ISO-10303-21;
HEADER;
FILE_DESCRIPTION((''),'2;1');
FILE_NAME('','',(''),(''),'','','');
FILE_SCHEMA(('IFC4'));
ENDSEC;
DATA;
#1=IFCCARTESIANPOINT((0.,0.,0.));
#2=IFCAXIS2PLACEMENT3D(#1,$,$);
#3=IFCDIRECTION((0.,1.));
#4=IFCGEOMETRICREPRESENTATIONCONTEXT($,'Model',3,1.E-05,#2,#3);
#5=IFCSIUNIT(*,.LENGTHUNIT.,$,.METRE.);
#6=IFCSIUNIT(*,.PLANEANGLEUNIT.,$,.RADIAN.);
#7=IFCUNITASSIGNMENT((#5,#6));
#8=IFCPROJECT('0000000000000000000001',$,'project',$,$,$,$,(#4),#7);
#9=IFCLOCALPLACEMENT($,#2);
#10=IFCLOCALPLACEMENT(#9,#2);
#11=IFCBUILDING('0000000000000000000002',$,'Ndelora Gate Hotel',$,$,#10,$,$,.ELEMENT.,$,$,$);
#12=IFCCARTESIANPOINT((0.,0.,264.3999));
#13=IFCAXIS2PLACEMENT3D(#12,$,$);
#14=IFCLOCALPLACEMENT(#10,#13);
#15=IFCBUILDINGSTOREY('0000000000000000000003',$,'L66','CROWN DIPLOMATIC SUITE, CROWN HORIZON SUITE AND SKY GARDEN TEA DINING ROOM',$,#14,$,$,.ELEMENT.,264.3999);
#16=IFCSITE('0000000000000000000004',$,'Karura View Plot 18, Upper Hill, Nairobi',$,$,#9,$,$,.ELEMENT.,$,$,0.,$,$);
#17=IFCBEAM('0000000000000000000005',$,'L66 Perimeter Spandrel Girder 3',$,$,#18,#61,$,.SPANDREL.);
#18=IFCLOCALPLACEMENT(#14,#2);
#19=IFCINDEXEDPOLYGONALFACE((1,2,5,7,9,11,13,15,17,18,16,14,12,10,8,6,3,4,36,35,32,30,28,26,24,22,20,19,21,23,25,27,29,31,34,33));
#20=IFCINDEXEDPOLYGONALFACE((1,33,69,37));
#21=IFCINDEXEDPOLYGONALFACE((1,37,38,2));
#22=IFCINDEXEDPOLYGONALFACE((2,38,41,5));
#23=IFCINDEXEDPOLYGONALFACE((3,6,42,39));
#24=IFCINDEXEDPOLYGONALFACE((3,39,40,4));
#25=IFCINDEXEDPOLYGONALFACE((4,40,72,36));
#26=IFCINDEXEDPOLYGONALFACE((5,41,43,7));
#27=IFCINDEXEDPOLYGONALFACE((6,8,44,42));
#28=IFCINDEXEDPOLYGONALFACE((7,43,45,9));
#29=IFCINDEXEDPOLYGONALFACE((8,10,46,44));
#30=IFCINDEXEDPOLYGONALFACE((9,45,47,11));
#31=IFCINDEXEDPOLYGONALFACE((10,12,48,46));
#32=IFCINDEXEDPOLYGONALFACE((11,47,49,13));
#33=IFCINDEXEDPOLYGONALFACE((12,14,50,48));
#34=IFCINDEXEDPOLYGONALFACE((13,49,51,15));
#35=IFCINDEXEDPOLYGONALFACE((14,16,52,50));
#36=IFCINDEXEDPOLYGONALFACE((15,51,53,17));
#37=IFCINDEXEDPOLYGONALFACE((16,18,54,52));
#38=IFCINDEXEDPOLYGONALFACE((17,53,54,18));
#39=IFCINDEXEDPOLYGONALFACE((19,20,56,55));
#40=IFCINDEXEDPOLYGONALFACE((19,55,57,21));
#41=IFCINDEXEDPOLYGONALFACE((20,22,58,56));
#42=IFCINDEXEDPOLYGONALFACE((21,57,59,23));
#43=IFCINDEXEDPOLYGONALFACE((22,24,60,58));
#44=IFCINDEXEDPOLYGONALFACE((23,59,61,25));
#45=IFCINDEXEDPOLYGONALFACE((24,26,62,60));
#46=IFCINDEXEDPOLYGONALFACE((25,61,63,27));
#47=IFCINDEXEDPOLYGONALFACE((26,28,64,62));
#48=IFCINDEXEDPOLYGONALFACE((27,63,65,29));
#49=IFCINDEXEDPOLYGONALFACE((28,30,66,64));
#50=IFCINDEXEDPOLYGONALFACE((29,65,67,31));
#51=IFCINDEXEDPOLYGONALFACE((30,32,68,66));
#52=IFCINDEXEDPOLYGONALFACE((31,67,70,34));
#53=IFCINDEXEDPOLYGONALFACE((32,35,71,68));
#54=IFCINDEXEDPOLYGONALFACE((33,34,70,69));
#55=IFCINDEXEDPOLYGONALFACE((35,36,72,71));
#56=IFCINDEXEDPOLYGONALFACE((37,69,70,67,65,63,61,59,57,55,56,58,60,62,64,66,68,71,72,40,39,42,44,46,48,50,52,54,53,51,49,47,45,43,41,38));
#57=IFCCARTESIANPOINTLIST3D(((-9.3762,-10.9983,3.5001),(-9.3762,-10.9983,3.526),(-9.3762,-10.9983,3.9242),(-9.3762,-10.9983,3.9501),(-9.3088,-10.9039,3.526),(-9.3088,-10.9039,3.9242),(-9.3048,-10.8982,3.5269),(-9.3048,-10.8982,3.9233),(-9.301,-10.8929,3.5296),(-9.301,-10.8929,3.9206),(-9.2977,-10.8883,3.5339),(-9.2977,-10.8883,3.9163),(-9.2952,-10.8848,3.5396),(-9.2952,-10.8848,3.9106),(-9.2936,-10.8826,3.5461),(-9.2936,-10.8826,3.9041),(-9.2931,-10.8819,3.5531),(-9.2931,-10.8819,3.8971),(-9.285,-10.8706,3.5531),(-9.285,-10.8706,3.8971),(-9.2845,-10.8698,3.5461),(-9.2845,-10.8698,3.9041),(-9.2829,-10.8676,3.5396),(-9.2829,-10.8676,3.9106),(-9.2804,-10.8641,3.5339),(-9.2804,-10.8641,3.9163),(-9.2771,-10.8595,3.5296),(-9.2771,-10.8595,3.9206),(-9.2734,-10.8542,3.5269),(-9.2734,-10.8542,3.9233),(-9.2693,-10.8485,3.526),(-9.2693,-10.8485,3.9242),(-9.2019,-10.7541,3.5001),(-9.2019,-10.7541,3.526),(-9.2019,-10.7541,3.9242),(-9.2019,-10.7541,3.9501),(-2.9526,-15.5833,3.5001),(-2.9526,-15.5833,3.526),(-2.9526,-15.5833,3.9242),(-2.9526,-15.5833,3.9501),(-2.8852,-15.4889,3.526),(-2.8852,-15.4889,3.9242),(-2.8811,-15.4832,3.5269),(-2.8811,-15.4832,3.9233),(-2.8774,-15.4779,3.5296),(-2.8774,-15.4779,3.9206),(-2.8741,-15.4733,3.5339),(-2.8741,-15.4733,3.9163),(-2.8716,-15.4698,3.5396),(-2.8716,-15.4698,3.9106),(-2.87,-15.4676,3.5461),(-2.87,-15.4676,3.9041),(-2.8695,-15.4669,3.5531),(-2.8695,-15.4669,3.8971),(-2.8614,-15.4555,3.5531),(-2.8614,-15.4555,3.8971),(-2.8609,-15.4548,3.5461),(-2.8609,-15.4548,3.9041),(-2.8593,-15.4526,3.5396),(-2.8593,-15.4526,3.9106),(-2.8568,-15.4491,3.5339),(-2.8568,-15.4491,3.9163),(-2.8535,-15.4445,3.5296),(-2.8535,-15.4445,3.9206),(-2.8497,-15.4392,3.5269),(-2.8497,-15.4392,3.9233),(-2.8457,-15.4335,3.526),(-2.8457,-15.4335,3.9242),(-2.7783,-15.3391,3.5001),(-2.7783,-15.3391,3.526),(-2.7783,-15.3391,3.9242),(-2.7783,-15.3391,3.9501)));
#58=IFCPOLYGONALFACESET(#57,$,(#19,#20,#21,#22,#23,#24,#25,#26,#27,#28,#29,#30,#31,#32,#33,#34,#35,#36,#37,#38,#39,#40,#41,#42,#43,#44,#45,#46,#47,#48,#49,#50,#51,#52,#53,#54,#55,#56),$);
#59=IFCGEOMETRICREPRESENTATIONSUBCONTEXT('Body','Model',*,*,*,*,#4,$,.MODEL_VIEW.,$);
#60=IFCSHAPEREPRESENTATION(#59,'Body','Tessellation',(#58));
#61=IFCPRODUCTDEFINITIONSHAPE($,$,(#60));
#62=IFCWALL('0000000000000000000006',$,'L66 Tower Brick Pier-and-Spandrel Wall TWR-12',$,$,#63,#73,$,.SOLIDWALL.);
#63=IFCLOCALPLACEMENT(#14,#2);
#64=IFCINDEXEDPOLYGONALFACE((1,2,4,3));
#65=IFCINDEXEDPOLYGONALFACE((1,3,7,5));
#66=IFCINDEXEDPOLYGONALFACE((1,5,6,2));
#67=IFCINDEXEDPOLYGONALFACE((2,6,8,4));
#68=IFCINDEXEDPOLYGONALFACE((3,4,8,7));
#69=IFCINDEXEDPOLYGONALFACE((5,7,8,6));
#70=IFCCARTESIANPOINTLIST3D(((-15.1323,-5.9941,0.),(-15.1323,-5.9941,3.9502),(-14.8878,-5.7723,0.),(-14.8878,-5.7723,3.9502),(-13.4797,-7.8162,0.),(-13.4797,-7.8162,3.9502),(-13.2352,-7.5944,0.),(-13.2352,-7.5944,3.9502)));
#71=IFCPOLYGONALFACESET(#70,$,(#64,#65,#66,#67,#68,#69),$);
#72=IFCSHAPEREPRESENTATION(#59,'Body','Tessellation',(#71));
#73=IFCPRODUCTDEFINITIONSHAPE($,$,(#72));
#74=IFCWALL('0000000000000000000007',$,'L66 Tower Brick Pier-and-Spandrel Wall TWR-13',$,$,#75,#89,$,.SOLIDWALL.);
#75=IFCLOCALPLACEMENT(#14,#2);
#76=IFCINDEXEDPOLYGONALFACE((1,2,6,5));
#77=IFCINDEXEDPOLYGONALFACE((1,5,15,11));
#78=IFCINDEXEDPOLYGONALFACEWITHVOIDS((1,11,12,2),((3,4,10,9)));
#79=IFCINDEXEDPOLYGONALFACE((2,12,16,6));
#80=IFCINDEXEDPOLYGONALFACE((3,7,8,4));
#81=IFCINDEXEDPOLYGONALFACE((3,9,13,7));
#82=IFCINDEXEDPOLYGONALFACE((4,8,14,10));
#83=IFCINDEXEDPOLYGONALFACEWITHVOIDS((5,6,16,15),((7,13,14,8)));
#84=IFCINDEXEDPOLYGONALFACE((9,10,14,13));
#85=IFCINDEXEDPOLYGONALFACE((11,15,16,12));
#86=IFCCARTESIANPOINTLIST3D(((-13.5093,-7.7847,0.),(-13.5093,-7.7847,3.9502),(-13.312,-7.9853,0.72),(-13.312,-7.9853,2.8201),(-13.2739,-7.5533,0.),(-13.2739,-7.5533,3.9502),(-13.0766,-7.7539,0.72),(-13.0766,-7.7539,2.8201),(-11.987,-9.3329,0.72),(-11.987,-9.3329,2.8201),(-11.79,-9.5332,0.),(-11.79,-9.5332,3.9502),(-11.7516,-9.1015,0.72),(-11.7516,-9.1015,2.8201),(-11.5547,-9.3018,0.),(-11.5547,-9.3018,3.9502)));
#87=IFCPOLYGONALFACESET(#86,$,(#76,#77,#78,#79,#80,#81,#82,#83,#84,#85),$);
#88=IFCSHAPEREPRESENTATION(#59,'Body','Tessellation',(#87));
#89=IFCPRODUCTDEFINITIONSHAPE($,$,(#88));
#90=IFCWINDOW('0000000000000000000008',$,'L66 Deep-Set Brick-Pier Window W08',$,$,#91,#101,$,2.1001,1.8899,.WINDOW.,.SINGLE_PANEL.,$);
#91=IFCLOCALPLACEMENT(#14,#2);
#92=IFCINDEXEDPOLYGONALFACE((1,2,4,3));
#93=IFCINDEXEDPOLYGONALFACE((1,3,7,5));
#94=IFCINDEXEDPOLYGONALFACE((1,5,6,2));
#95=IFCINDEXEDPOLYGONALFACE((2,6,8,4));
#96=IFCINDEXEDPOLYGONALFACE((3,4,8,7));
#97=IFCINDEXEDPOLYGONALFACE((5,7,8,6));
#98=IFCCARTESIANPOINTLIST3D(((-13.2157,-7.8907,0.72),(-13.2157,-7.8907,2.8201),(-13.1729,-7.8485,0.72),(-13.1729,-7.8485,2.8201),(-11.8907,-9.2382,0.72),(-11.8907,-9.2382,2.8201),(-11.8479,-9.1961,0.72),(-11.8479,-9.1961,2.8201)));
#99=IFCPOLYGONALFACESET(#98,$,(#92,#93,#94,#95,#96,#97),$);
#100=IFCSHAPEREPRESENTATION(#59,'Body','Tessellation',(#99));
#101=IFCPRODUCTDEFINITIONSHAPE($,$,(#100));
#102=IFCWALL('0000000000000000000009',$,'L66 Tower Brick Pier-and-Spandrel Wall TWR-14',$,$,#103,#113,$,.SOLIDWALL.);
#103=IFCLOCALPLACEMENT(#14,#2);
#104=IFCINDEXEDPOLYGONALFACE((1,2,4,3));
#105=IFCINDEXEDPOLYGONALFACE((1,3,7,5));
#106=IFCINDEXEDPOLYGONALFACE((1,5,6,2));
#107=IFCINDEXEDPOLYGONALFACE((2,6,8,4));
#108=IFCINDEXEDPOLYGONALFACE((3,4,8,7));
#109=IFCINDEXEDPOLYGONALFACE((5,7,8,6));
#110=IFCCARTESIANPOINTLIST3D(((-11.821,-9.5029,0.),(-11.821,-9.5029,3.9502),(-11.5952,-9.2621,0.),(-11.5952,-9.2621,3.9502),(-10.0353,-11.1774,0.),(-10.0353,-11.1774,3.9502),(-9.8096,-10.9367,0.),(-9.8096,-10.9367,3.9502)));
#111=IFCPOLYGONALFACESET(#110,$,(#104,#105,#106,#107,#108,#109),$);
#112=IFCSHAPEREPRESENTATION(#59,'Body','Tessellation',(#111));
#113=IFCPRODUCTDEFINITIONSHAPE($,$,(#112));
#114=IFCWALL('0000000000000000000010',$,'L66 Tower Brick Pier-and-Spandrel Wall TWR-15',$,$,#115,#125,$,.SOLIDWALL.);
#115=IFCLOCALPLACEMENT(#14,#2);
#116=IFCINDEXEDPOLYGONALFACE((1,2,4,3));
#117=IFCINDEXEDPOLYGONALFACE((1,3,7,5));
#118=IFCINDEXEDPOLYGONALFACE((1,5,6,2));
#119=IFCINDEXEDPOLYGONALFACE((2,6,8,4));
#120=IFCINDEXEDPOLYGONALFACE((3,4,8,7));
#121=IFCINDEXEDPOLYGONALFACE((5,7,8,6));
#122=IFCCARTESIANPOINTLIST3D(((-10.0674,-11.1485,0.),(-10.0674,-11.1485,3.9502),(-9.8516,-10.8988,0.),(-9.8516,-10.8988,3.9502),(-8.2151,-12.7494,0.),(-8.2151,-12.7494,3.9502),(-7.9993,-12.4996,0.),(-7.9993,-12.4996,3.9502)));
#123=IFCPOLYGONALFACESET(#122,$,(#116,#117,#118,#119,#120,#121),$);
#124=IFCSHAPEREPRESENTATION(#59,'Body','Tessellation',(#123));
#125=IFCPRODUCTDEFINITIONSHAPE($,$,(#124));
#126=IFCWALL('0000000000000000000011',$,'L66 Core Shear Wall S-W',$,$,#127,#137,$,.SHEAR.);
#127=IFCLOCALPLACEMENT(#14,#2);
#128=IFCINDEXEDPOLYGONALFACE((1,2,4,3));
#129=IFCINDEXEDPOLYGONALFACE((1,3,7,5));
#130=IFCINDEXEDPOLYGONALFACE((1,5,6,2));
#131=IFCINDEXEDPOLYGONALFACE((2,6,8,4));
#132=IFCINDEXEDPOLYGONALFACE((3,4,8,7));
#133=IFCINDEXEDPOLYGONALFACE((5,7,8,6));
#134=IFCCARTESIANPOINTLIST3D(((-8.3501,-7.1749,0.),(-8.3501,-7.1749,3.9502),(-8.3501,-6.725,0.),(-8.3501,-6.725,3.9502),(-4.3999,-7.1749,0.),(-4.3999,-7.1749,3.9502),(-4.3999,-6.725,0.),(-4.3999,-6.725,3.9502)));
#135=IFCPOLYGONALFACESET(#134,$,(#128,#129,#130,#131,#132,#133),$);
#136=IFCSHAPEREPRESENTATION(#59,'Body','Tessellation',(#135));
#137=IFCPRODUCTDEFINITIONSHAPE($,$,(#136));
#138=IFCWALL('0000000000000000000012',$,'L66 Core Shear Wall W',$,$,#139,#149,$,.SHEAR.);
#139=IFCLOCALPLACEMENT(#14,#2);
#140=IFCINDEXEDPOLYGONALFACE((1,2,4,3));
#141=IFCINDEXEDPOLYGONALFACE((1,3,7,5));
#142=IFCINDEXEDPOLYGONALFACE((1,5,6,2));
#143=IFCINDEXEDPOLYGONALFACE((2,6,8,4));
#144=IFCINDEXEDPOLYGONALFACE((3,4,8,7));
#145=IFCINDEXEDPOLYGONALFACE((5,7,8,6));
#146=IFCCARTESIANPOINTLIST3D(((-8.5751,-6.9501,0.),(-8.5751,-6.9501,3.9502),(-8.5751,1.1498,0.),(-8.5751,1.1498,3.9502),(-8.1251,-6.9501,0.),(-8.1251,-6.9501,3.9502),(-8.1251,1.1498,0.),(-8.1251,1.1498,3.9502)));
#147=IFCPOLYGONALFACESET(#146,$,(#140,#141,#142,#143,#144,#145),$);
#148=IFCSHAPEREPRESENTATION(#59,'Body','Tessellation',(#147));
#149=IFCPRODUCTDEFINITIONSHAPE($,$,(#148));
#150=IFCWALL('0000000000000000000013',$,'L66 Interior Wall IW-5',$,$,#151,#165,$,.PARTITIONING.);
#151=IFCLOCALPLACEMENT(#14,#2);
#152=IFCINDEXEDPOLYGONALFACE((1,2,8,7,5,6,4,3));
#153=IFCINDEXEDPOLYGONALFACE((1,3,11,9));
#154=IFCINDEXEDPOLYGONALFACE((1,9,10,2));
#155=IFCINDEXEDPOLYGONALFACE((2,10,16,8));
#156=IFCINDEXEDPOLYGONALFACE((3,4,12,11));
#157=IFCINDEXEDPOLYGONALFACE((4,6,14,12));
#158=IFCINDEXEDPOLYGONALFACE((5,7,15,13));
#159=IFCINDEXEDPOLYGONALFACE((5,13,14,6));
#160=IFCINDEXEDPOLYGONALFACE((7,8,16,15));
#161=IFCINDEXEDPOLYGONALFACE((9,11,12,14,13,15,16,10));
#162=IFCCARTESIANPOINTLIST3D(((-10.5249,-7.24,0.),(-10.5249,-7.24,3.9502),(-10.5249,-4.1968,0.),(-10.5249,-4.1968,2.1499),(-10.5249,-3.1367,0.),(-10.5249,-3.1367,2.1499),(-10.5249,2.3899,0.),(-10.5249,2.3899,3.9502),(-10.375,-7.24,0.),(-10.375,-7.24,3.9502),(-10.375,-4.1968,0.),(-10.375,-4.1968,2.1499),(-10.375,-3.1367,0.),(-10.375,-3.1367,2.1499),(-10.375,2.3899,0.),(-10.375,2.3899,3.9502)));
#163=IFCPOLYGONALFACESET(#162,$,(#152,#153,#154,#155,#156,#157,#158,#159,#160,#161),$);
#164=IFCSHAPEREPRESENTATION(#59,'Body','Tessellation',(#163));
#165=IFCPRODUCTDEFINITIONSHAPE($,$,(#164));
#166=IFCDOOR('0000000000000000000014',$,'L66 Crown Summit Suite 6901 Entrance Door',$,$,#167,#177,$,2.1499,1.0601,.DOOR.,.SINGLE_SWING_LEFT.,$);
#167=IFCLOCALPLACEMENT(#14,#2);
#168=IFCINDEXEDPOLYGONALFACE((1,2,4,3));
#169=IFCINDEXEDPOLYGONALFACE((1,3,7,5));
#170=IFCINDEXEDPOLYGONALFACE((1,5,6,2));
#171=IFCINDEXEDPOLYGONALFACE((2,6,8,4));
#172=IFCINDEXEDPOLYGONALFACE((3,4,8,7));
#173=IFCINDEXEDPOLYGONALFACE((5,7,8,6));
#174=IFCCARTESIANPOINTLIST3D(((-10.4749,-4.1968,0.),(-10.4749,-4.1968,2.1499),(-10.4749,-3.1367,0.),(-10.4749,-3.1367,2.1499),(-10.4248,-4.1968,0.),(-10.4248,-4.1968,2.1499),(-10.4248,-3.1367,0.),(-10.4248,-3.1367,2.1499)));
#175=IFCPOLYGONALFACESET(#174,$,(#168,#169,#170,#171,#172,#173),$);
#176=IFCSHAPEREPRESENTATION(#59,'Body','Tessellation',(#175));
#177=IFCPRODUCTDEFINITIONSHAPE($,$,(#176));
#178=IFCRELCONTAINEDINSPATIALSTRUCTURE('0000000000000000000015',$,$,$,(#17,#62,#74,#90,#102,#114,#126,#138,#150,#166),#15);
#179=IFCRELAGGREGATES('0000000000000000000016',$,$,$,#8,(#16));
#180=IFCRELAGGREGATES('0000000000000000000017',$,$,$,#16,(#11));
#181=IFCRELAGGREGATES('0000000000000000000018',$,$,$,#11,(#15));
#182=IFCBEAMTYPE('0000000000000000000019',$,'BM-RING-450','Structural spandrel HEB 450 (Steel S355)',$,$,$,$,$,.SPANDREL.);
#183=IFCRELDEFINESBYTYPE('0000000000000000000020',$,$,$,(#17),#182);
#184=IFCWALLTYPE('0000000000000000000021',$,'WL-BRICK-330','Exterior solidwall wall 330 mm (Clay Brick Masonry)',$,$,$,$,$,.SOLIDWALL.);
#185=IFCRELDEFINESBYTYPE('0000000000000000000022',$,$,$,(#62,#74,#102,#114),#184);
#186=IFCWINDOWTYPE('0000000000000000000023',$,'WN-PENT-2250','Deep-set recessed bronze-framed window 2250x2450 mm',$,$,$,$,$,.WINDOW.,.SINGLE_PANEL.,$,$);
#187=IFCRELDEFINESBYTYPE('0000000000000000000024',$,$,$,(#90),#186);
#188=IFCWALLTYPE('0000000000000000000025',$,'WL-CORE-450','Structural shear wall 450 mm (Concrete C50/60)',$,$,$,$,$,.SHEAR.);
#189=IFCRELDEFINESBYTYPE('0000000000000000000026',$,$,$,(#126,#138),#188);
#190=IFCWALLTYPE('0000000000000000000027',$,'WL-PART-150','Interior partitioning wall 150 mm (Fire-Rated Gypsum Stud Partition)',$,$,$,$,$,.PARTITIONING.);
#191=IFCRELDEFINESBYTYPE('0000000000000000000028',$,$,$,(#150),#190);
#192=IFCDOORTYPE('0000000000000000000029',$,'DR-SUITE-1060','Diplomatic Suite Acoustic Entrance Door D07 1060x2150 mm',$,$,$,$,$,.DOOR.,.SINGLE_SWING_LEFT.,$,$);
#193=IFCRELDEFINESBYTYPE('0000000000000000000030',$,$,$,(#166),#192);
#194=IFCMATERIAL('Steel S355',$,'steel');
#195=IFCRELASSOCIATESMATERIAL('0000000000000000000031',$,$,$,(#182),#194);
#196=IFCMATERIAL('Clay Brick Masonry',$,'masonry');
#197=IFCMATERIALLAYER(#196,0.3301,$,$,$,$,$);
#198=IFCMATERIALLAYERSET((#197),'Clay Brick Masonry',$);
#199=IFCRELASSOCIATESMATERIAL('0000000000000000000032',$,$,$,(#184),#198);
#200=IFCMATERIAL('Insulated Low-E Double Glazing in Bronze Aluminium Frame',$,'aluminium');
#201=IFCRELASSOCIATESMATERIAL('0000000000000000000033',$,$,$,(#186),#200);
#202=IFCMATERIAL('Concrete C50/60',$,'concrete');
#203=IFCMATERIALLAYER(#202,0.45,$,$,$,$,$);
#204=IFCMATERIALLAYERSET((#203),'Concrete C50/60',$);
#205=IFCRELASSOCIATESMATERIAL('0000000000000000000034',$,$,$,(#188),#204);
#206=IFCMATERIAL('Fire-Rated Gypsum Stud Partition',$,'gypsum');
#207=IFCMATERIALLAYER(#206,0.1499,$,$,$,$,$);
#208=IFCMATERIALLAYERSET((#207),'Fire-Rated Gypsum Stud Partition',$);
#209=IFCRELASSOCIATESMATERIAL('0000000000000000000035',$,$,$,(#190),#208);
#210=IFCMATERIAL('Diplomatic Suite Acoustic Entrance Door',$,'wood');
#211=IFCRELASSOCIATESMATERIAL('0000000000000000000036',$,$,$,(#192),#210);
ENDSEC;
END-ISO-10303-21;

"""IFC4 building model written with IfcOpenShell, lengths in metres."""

from ifc_helpers import new_model, si_unit, direction, frame, frame_2d, origin, origin_2d, place, context, subcontext, project, spatial, rectangle, i_section, extrude, material, layer, layer_set, material_profile, profile_set, type_object, element, fill, save


model = new_model("IFC4")

# Units and contexts
model_context = context("Model", 3, precision=1e-05, world=origin(), true_north=direction((0.0, 1.0)))
body_context = subcontext(model_context, "Body", "Model", "MODEL_VIEW")
ifc_project = project(units=[si_unit("LENGTHUNIT", "METRE"), si_unit("PLANEANGLEUNIT", "RADIAN")], contexts=[model_context])

# Site, building, storey
site_placement = place(None, origin())
site = spatial("IfcSite", under=ifc_project, at=site_placement, Name="Karura View Plot 18, Upper Hill, Nairobi", CompositionType="ELEMENT", RefElevation=0.0)
building_placement = place(site_placement, origin())
building = spatial("IfcBuilding", under=site, at=building_placement, Name="Ndelora Gate Hotel", CompositionType="ELEMENT")
storey_placement = place(building_placement, frame((0.0, 0.0, 264.3999)))
storey = spatial("IfcBuildingStorey", under=building, at=storey_placement, Name="L66", Description="CROWN DIPLOMATIC SUITE, CROWN HORIZON SUITE AND SKY GARDEN TEA DINING ROOM", CompositionType="ELEMENT", Elevation=264.3999)

# Shared definitions
ifc_material_1 = material(Name="Concrete C50/60", Category="concrete")

# Beam
ifc_material_2 = material(Name="Steel S355", Category="steel")
ifc_material_profile_1 = material_profile(ifc_material_2, i_section(OverallWidth=0.3, OverallDepth=0.45, WebThickness=0.0139, FlangeThickness=0.0259, FilletRadius=0.0271, at=origin_2d()), Name="HEB 450")
ifc_profile_set_1 = profile_set([ifc_material_profile_1], Name="Steel S355")
beam_type_1 = type_object("IfcBeamType", Name="BM-RING-450", Description="Structural spandrel HEB 450 (Steel S355)", PredefinedType="SPANDREL", material=ifc_profile_set_1)
beam_1_placement = place(storey_placement, frame((-9.2891, -10.8762, 3.7251), z_axis=(0.813932, -0.58096, 0.0), x_axis=(0.58096, 0.813932, 0.0)))
element("IfcBeam", 1, at=beam_1_placement, inside=storey, type_object=beam_type_1, Name="L66 Perimeter Spandrel Girder 3", PredefinedType="SPANDREL", context=body_context, shape_type="SweptSolid", body=[
    extrude(i_section(OverallWidth=0.3, OverallDepth=0.45, WebThickness=0.0139, FlangeThickness=0.0259, FilletRadius=0.0271, at=origin_2d()), origin(), (0.0, 0.0, 1.0), 7.8921),
])

# Wall
ifc_material_3 = material(Name="Clay Brick Masonry", Category="masonry")
ifc_layer_1 = layer(ifc_material_3, 0.3301)
ifc_layer_set_1 = layer_set([ifc_layer_1], Name="Clay Brick Masonry")
wall_type_1 = type_object("IfcWallType", Name="WL-BRICK-330", Description="Exterior solidwall wall 330 mm (Clay Brick Masonry)", PredefinedType="SOLIDWALL", material=ifc_layer_set_1)
wall_1_placement = place(storey_placement, frame((-13.3574, -7.7053, 0.0), z_axis=(0.0, 0.0, 1.0), x_axis=(-0.671828, 0.740708, 0.0)))
element("IfcWall", 2, at=wall_1_placement, inside=storey, type_object=wall_type_1, Name="L66 Tower Brick Pier-and-Spandrel Wall TWR-12", PredefinedType="SOLIDWALL", context=body_context, shape_type="SweptSolid", body=[
    extrude(rectangle(XDim=2.46, YDim=0.3301, at=frame_2d((1.23, 0.0))), origin(), (0.0, 0.0, 1.0), 3.9502),
])

# Wall, opening, window
wall_2_placement = place(storey_placement, frame((-11.6724, -9.4175, 0.0), z_axis=(0.0, 0.0, 1.0), x_axis=(-0.701108, 0.713055, 0.0)))
wall_2 = element("IfcWall", 3, at=wall_2_placement, inside=storey, type_object=wall_type_1, Name="L66 Tower Brick Pier-and-Spandrel Wall TWR-13", PredefinedType="SOLIDWALL", context=body_context, shape_type="SweptSolid", body=[
    extrude(rectangle(XDim=2.4521, YDim=0.3301, at=frame_2d((1.2261, 0.0))), origin(), (0.0, 0.0, 1.0), 3.9502),
])
opening_1_placement = place(wall_2_placement, frame((0.281, 0.0, 0.72)))
opening_1 = element("IfcOpeningElement", 4, at=opening_1_placement, cuts=wall_2, PredefinedType="OPENING", context=body_context, shape_type="SweptSolid", body=[
    extrude(rectangle(XDim=1.8899, YDim=2.1001, at=frame_2d((0.9448, 1.05))), frame((0.0, 0.175, 0.0), z_axis=(0.0, -1.0, 0.0), x_axis=(1.0, 0.0, 0.0)), (0.0, 0.0, 1.0), 0.3501),
])
ifc_material_4 = material(Name="Insulated Low-E Double Glazing in Bronze Aluminium Frame", Category="aluminium")
window_type = type_object("IfcWindowType", Name="WN-PENT-2250", Description="Deep-set recessed bronze-framed window 2250x2450 mm", PartitioningType="SINGLE_PANEL", PredefinedType="WINDOW", material=ifc_material_4)
window_placement = place(opening_1_placement, origin())
window = element("IfcWindow", 5, at=window_placement, inside=storey, type_object=window_type, Name="L66 Deep-Set Brick-Pier Window W08", OverallHeight=2.1001, OverallWidth=1.8899, PartitioningType="SINGLE_PANEL", PredefinedType="WINDOW", context=body_context, shape_type="SweptSolid", body=[
    extrude(rectangle(XDim=1.8899, YDim=2.1001, at=frame_2d((0.9448, 1.05))), frame((0.0, 0.03, 0.0), z_axis=(0.0, -1.0, 0.0), x_axis=(1.0, 0.0, 0.0)), (0.0, 0.0, 1.0), 0.0601),
])
fill(opening_1, window)

# Walls
wall_3_placement = place(storey_placement, frame((-9.9224, -11.0571, 0.0), z_axis=(0.0, 0.0, 1.0), x_axis=(-0.729431, 0.684054, 0.0)))
element("IfcWall", 6, at=wall_3_placement, inside=storey, type_object=wall_type_1, Name="L66 Tower Brick Pier-and-Spandrel Wall TWR-14", PredefinedType="SOLIDWALL", context=body_context, shape_type="SweptSolid", body=[
    extrude(rectangle(XDim=2.448, YDim=0.3301, at=frame_2d((1.2241, 0.0))), origin(), (0.0, 0.0, 1.0), 3.9502),
])
wall_4_placement = place(storey_placement, frame((-8.1072, -12.6245, 0.0), z_axis=(0.0, 0.0, 1.0), x_axis=(-0.756596, 0.653882, 0.0)))
element("IfcWall", 7, at=wall_4_placement, inside=storey, type_object=wall_type_1, Name="L66 Tower Brick Pier-and-Spandrel Wall TWR-15", PredefinedType="SOLIDWALL", context=body_context, shape_type="SweptSolid", body=[
    extrude(rectangle(XDim=2.4482, YDim=0.3301, at=frame_2d((1.2241, 0.0))), origin(), (0.0, 0.0, 1.0), 3.9502),
])
ifc_layer_2 = layer(ifc_material_1, 0.45)
ifc_layer_set_2 = layer_set([ifc_layer_2], Name="Concrete C50/60")
wall_type_2 = type_object("IfcWallType", Name="WL-CORE-450", Description="Structural shear wall 450 mm (Concrete C50/60)", PredefinedType="SHEAR", material=ifc_layer_set_2)
wall_5_placement = place(storey_placement, frame((-8.3501, -6.95, 0.0), z_axis=(0.0, 0.0, 1.0), x_axis=(1.0, 0.0, 0.0)))
element("IfcWall", 8, at=wall_5_placement, inside=storey, type_object=wall_type_2, Name="L66 Core Shear Wall S-W", PredefinedType="SHEAR", context=body_context, shape_type="SweptSolid", body=[
    extrude(rectangle(XDim=3.9502, YDim=0.45, at=frame_2d((1.9751, 0.0))), origin(), (0.0, 0.0, 1.0), 3.9502),
])
wall_6_placement = place(storey_placement, frame((-8.3501, -6.95, 0.0), z_axis=(0.0, 0.0, 1.0), x_axis=(0.0, 1.0, 0.0)))
element("IfcWall", 9, at=wall_6_placement, inside=storey, type_object=wall_type_2, Name="L66 Core Shear Wall W", PredefinedType="SHEAR", context=body_context, shape_type="SweptSolid", body=[
    extrude(rectangle(XDim=8.0999, YDim=0.45, at=frame_2d((4.0498, 0.0))), origin(), (0.0, 0.0, 1.0), 3.9502),
])

# Wall, opening, door
ifc_material_5 = material(Name="Fire-Rated Gypsum Stud Partition", Category="gypsum")
ifc_layer_3 = layer(ifc_material_5, 0.1499)
ifc_layer_set_3 = layer_set([ifc_layer_3], Name="Fire-Rated Gypsum Stud Partition")
wall_type_3 = type_object("IfcWallType", Name="WL-PART-150", Description="Interior partitioning wall 150 mm (Fire-Rated Gypsum Stud Partition)", PredefinedType="PARTITIONING", material=ifc_layer_set_3)
wall_7_placement = place(storey_placement, frame((-10.45, -7.24, 0.0), z_axis=(0.0, 0.0, 1.0), x_axis=(0.0, 1.0, 0.0)))
wall_7 = element("IfcWall", 10, at=wall_7_placement, inside=storey, type_object=wall_type_3, Name="L66 Interior Wall IW-5", PredefinedType="PARTITIONING", context=body_context, shape_type="SweptSolid", body=[
    extrude(rectangle(XDim=9.6299, YDim=0.1499, at=frame_2d((4.8149, 0.0))), origin(), (0.0, 0.0, 1.0), 3.9502),
])
opening_2_placement = place(wall_7_placement, frame((3.0432, 0.0, 0.0)))
opening_2 = element("IfcOpeningElement", 11, at=opening_2_placement, cuts=wall_7, PredefinedType="OPENING", context=body_context, shape_type="SweptSolid", body=[
    extrude(rectangle(XDim=1.0601, YDim=2.1499, at=frame_2d((0.53, 1.075))), frame((0.0, 0.085, 0.0), z_axis=(0.0, -1.0, 0.0), x_axis=(1.0, 0.0, 0.0)), (0.0, 0.0, 1.0), 0.1699),
])
ifc_material_6 = material(Name="Diplomatic Suite Acoustic Entrance Door", Category="wood")
door_type = type_object("IfcDoorType", Name="DR-SUITE-1060", Description="Diplomatic Suite Acoustic Entrance Door D07 1060x2150 mm", OperationType="SINGLE_SWING_LEFT", PredefinedType="DOOR", material=ifc_material_6)
door_placement = place(opening_2_placement, origin())
door = element("IfcDoor", 12, at=door_placement, inside=storey, type_object=door_type, Name="L66 Crown Summit Suite 6901 Entrance Door", OperationType="SINGLE_SWING_LEFT", OverallHeight=2.1499, OverallWidth=1.0601, PredefinedType="DOOR", context=body_context, shape_type="SweptSolid", body=[
    extrude(rectangle(XDim=1.0601, YDim=2.1499, at=frame_2d((0.53, 1.075))), frame((0.0, 0.0249, 0.0), z_axis=(0.0, -1.0, 0.0), x_axis=(1.0, 0.0, 0.0)), (0.0, 0.0, 1.0), 0.05),
])
fill(opening_2, door)

save(model, "model.ifc")
